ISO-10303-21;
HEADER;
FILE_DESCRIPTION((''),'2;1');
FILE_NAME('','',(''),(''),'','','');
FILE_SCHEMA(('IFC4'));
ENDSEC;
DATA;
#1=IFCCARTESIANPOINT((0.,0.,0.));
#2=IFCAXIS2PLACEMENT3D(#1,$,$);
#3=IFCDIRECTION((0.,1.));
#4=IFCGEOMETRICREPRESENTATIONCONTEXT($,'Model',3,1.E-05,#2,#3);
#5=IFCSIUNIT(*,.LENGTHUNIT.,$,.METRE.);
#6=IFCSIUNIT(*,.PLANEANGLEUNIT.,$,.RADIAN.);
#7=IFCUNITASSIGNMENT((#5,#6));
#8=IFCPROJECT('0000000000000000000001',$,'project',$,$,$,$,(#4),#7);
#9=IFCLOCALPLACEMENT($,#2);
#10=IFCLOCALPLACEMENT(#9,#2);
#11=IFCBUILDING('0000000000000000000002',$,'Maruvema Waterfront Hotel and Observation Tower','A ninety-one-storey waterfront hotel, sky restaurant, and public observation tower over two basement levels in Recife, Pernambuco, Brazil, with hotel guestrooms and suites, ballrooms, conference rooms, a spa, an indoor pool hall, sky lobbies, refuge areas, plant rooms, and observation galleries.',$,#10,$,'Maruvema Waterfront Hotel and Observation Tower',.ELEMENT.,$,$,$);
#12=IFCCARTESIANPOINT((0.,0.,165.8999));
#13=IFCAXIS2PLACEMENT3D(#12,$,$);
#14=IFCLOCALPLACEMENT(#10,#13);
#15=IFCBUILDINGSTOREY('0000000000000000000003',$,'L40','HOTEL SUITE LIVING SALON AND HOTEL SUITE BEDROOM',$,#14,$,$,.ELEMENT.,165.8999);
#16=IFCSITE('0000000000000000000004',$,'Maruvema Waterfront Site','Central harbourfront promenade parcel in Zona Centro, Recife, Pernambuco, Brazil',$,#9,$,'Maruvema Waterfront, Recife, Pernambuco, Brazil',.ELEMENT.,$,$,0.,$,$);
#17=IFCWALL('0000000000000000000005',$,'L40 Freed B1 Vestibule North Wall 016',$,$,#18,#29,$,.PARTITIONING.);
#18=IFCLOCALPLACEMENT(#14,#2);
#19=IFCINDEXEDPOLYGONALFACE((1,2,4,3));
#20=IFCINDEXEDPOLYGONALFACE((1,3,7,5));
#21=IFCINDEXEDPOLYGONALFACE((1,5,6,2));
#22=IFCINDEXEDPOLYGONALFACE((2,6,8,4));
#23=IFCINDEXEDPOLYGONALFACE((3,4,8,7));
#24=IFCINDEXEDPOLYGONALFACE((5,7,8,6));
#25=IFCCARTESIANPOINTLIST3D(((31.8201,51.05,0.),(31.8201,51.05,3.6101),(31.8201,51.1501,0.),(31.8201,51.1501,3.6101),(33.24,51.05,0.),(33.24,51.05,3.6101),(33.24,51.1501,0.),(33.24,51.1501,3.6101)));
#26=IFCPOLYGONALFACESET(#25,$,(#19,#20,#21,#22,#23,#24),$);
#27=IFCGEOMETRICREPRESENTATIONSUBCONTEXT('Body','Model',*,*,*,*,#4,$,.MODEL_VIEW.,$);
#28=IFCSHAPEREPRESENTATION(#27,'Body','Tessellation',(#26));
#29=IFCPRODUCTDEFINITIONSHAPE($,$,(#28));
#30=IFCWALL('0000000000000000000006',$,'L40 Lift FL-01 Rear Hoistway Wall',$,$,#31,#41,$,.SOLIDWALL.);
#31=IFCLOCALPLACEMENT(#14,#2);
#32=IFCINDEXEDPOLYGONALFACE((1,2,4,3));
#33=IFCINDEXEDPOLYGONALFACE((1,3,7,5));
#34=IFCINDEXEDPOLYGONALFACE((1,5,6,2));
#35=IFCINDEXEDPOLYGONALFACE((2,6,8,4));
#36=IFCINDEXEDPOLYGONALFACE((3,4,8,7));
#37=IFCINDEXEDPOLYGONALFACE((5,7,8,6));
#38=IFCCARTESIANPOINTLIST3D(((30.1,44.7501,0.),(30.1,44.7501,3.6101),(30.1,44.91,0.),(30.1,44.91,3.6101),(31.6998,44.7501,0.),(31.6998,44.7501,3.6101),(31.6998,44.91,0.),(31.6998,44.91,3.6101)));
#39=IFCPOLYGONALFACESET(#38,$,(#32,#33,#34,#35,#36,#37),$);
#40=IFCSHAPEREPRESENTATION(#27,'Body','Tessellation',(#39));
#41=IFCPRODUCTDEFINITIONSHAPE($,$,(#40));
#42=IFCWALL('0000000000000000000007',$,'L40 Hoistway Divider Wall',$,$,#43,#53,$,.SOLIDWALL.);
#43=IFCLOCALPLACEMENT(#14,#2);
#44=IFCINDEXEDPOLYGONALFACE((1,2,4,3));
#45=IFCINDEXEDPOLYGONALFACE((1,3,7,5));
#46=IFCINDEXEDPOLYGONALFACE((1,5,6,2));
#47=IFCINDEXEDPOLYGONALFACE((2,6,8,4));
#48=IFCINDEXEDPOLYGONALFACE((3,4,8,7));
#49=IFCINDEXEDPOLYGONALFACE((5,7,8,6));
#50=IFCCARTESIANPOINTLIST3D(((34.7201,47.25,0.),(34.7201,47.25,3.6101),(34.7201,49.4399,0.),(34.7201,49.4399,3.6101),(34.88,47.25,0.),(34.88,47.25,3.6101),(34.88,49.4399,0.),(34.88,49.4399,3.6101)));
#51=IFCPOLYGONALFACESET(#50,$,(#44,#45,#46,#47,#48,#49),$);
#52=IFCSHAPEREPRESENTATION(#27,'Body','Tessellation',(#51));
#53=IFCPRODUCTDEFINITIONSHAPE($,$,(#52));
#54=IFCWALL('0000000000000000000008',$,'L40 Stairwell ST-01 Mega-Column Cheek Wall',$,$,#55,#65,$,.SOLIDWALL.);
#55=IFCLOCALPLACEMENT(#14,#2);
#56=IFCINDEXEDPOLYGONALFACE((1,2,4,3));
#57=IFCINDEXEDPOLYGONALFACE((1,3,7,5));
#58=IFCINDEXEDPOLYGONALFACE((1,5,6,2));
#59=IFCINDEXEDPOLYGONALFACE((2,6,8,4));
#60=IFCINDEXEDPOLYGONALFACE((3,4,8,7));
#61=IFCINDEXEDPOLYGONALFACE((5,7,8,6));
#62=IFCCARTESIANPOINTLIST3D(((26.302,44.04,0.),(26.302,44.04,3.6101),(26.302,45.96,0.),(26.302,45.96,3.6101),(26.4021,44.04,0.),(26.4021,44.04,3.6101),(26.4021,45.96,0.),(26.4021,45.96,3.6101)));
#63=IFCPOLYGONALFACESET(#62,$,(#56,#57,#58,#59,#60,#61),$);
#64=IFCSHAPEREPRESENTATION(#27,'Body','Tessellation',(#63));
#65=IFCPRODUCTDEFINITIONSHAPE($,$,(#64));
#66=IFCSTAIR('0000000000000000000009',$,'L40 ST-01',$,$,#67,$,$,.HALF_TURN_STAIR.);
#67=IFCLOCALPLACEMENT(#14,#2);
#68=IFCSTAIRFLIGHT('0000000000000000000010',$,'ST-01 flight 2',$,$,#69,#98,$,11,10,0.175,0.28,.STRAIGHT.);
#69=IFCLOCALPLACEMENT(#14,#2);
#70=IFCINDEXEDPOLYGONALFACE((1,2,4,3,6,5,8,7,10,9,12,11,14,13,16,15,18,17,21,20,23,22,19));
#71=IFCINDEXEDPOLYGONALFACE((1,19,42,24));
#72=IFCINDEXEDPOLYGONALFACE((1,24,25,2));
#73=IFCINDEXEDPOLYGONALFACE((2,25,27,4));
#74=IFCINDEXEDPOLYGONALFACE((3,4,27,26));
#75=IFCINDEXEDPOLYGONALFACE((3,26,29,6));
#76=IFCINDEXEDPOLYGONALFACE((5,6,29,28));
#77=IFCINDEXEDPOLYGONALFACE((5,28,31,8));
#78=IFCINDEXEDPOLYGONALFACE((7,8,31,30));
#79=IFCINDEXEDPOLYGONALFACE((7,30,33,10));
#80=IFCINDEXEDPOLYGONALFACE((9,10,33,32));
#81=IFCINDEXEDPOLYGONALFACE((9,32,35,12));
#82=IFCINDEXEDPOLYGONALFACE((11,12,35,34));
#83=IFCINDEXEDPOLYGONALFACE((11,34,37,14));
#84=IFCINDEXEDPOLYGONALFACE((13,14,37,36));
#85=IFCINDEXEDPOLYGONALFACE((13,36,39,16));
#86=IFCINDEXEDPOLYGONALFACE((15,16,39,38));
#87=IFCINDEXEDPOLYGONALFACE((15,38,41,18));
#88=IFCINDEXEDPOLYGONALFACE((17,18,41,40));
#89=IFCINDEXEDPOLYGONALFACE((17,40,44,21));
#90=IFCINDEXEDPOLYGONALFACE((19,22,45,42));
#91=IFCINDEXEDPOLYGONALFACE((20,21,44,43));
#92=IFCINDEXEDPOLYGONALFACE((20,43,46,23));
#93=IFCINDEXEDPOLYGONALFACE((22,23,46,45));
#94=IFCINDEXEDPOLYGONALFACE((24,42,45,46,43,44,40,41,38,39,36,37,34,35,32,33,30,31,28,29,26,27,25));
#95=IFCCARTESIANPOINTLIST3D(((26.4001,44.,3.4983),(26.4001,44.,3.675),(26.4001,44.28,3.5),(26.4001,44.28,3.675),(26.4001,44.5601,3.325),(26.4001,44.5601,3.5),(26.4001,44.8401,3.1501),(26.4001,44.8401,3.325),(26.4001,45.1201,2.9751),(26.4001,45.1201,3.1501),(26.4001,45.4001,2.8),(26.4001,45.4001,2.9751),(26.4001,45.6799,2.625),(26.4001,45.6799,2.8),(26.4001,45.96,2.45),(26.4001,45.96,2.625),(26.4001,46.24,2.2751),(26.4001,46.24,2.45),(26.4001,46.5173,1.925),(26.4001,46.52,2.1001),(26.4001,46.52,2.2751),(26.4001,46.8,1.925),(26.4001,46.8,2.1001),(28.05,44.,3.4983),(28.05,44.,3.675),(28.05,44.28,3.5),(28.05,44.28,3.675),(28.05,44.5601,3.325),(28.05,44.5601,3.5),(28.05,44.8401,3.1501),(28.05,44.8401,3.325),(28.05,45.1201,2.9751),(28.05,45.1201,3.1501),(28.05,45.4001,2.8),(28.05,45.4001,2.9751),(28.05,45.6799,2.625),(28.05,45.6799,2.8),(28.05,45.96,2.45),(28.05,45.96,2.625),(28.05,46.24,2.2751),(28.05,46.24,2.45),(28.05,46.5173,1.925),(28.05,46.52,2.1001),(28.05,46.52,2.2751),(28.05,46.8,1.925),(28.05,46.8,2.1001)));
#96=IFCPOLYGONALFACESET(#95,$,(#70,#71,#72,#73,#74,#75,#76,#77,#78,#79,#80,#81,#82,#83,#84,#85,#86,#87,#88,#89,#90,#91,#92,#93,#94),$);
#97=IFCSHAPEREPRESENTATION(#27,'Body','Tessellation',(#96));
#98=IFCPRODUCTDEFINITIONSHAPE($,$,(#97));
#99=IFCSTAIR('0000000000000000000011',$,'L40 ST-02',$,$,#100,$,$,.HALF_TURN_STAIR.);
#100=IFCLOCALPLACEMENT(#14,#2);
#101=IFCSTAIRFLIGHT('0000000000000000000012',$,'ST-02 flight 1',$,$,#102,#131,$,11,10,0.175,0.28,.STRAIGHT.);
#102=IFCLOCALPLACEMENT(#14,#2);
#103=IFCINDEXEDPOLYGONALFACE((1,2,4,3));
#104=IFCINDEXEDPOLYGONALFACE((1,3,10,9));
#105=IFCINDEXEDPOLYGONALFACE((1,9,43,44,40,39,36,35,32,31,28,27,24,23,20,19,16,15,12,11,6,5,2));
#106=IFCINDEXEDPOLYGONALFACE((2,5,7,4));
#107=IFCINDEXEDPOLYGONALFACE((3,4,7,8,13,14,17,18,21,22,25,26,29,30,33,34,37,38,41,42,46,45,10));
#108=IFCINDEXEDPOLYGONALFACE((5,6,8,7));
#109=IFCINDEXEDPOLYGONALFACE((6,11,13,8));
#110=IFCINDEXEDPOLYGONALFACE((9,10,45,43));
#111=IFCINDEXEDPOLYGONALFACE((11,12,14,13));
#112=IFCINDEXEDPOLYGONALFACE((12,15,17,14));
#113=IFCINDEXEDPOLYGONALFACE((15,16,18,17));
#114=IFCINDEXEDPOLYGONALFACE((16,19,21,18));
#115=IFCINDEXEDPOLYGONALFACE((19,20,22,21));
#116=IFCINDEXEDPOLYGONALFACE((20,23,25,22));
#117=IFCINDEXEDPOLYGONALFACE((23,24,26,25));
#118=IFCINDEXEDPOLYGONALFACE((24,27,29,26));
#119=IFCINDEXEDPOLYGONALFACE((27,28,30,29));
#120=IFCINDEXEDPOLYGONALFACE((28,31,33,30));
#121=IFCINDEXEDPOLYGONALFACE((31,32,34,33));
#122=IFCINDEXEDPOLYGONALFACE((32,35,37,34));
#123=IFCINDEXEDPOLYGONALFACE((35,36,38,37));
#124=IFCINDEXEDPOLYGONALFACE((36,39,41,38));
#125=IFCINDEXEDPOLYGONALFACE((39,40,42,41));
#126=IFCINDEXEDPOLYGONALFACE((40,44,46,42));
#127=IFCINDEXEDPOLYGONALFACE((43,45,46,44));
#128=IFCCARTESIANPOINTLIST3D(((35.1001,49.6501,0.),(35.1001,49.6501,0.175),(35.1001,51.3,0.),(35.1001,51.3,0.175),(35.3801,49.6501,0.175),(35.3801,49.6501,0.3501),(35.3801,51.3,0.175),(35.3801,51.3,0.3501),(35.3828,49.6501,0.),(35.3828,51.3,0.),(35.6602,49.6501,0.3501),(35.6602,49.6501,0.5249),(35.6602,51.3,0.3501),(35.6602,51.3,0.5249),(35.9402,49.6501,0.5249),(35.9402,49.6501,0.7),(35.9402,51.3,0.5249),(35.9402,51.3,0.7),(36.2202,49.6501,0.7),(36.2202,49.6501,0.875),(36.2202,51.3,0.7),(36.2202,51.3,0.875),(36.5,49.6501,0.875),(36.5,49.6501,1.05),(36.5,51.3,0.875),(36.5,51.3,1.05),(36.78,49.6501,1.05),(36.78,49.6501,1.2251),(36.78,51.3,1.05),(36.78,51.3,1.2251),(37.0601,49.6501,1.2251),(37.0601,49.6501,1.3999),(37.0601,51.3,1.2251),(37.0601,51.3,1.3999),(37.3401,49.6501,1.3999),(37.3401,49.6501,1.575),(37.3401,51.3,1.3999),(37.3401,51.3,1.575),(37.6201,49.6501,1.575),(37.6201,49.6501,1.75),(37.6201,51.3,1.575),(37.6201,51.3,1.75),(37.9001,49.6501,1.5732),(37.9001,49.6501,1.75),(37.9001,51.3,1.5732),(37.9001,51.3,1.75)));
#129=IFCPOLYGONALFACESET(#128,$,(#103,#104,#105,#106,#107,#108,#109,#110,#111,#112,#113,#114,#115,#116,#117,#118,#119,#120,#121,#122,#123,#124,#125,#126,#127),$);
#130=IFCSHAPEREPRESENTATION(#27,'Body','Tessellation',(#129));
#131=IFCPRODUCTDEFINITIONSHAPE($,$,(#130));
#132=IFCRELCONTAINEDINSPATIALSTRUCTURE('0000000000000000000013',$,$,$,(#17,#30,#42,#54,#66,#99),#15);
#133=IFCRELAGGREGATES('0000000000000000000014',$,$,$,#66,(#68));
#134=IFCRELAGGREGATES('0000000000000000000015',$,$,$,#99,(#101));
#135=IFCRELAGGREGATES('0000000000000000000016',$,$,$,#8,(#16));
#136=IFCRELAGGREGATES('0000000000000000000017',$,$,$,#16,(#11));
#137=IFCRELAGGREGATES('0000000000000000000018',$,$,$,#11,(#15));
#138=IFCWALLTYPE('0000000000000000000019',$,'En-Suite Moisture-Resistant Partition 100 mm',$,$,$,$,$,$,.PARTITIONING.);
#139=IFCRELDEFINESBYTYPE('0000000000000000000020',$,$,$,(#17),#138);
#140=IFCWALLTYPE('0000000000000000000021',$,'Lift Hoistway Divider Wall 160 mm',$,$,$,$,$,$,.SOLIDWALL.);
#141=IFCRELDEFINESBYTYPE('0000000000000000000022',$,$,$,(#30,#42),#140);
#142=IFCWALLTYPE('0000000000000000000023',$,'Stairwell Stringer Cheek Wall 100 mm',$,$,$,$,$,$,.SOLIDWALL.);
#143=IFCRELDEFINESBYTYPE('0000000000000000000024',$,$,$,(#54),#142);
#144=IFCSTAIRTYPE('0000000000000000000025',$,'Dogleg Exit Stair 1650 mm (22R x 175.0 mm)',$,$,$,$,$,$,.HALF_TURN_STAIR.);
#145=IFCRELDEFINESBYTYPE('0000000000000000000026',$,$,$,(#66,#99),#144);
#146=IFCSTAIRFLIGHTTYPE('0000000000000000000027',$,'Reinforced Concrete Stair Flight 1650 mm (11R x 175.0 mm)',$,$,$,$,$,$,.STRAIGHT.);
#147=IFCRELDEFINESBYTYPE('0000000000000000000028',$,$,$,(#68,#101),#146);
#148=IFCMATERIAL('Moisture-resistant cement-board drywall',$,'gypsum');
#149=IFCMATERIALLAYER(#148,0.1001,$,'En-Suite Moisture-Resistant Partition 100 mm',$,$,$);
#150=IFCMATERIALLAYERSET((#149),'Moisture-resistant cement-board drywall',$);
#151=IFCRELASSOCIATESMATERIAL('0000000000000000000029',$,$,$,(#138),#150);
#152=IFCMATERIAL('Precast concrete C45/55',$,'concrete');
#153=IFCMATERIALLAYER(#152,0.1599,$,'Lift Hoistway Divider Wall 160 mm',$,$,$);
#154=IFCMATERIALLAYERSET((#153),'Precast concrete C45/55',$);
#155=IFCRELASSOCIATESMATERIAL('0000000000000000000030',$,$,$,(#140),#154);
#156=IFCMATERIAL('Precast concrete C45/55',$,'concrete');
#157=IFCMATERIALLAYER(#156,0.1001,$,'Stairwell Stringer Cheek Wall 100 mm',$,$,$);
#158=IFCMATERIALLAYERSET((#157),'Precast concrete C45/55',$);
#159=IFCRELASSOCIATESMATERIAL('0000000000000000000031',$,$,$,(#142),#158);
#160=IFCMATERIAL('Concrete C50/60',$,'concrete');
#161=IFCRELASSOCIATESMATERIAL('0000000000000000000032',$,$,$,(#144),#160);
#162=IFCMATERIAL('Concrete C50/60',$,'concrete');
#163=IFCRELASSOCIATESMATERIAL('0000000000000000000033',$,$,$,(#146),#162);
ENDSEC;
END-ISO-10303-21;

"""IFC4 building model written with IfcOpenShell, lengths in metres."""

from ifc_helpers import new_model, si_unit, direction, frame, frame_2d, origin, place, context, subcontext, project, spatial, polyline, rectangle, outline, extrude, material, layer, layer_set, type_object, element, aggregate, save


model = new_model("IFC4")

# Units and contexts
model_context = context("Model", 3, precision=1e-05, world=origin(), true_north=direction((0.0, 1.0)))
body_context = subcontext(model_context, "Body", "Model", "MODEL_VIEW")
ifc_project = project(units=[si_unit("LENGTHUNIT", "METRE"), si_unit("PLANEANGLEUNIT", "RADIAN")], contexts=[model_context])

# Site, building, storey
site_placement = place(None, origin())
site = spatial("IfcSite", under=ifc_project, at=site_placement, Name="Maruvema Waterfront Site", Description="Central harbourfront promenade parcel in Zona Centro, Recife, Pernambuco, Brazil", LongName="Maruvema Waterfront, Recife, Pernambuco, Brazil", CompositionType="ELEMENT", RefElevation=0.0)
building_placement = place(site_placement, origin())
building = spatial("IfcBuilding", under=site, at=building_placement, Name="Maruvema Waterfront Hotel and Observation Tower", Description="A ninety-one-storey waterfront hotel, sky restaurant, and public observation tower over two basement levels in Recife, Pernambuco, Brazil, with hotel guestrooms and suites, ballrooms, conference rooms, a spa, an indoor pool hall, sky lobbies, refuge areas, plant rooms, and observation galleries.", LongName="Maruvema Waterfront Hotel and Observation Tower", CompositionType="ELEMENT")
storey_placement = place(building_placement, frame((0.0, 0.0, 165.8999)))
storey = spatial("IfcBuildingStorey", under=building, at=storey_placement, Name="L40", Description="HOTEL SUITE LIVING SALON AND HOTEL SUITE BEDROOM", CompositionType="ELEMENT", Elevation=165.8999)

# Shared definitions
ifc_material_1 = material(Name="Moisture-resistant cement-board drywall", Category="gypsum")
ifc_layer_1 = layer(ifc_material_1, 0.1001, Name="En-Suite Moisture-Resistant Partition 100 mm")
ifc_layer_set_1 = layer_set([ifc_layer_1], Name="Moisture-resistant cement-board drywall")
wall_type_1 = type_object("IfcWallType", Name="En-Suite Moisture-Resistant Partition 100 mm", PredefinedType="PARTITIONING", material=ifc_layer_set_1)

# Walls
wall_1_placement = place(storey_placement, frame((31.8201, 51.1001, 0.0), z_axis=(0.0, 0.0, 1.0), x_axis=(1.0, 0.0, 0.0)))
element("IfcWall", 1, at=wall_1_placement, inside=storey, type_object=wall_type_1, Name="L40 Freed B1 Vestibule North Wall 016", PredefinedType="PARTITIONING", context=body_context, shape_type="SweptSolid", body=[
    extrude(rectangle(XDim=1.4199, YDim=0.1001, at=frame_2d((0.71, 0.0))), origin(), (0.0, 0.0, 1.0), 3.6101),
])
ifc_material_2 = material(Name="Precast concrete C45/55", Category="concrete")
ifc_layer_2 = layer(ifc_material_2, 0.1599, Name="Lift Hoistway Divider Wall 160 mm")
ifc_layer_set_2 = layer_set([ifc_layer_2], Name="Precast concrete C45/55")
wall_type_2 = type_object("IfcWallType", Name="Lift Hoistway Divider Wall 160 mm", PredefinedType="SOLIDWALL", material=ifc_layer_set_2)
wall_2_placement = place(storey_placement, frame((30.1001, 44.8301, 0.0), z_axis=(0.0, 0.0, 1.0), x_axis=(1.0, 0.0, 0.0)))
element("IfcWall", 2, at=wall_2_placement, inside=storey, type_object=wall_type_2, Name="L40 Lift FL-01 Rear Hoistway Wall", PredefinedType="SOLIDWALL", context=body_context, shape_type="SweptSolid", body=[
    extrude(rectangle(XDim=1.5999, YDim=0.1599, at=frame_2d((0.7998, 0.0))), origin(), (0.0, 0.0, 1.0), 3.6101),
])
wall_3_placement = place(storey_placement, frame((34.8, 47.25, 0.0), z_axis=(0.0, 0.0, 1.0), x_axis=(0.0, 1.0, 0.0)))
element("IfcWall", 3, at=wall_3_placement, inside=storey, type_object=wall_type_2, Name="L40 Hoistway Divider Wall", PredefinedType="SOLIDWALL", context=body_context, shape_type="SweptSolid", body=[
    extrude(rectangle(XDim=2.1899, YDim=0.1599, at=frame_2d((1.095, 0.0))), origin(), (0.0, 0.0, 1.0), 3.6101),
])
ifc_material_3 = material(Name="Precast concrete C45/55", Category="concrete")
ifc_layer_3 = layer(ifc_material_3, 0.1001, Name="Stairwell Stringer Cheek Wall 100 mm")
ifc_layer_set_3 = layer_set([ifc_layer_3], Name="Precast concrete C45/55")
wall_type_3 = type_object("IfcWallType", Name="Stairwell Stringer Cheek Wall 100 mm", PredefinedType="SOLIDWALL", material=ifc_layer_set_3)
wall_4_placement = place(storey_placement, frame((26.3521, 44.04, 0.0), z_axis=(0.0, 0.0, 1.0), x_axis=(0.0, 1.0, 0.0)))
element("IfcWall", 4, at=wall_4_placement, inside=storey, type_object=wall_type_3, Name="L40 Stairwell ST-01 Mega-Column Cheek Wall", PredefinedType="SOLIDWALL", context=body_context, shape_type="SweptSolid", body=[
    extrude(rectangle(XDim=1.9199, YDim=0.1001, at=frame_2d((0.96, 0.0))), origin(), (0.0, 0.0, 1.0), 3.6101),
])

# Stairs, stair flights
ifc_material_4 = material(Name="Concrete C50/60", Category="concrete")
stair_type = type_object("IfcStairType", Name="Dogleg Exit Stair 1650 mm (22R x 175.0 mm)", PredefinedType="HALF_TURN_STAIR", material=ifc_material_4)
stair_1_placement = place(storey_placement, origin())
stair_1 = element("IfcStair", 5, at=stair_1_placement, inside=storey, type_object=stair_type, Name="L40 ST-01", PredefinedType="HALF_TURN_STAIR")
ifc_material_5 = material(Name="Concrete C50/60", Category="concrete")
stair_flight_type = type_object("IfcStairFlightType", Name="Reinforced Concrete Stair Flight 1650 mm (11R x 175.0 mm)", PredefinedType="STRAIGHT", material=ifc_material_5)
stair_flight_1_placement = place(storey_placement, frame((27.2251, 46.8, 1.925), z_axis=(0.0, 0.0, 1.0), x_axis=(0.0, -1.0, 0.0)))
stair_flight_1 = element("IfcStairFlight", 6, at=stair_flight_1_placement, type_object=stair_flight_type, Name="ST-01 flight 2", NumberOfRisers=11, NumberOfTreads=10, PredefinedType="STRAIGHT", RiserHeight=0.175, TreadLength=0.28, context=body_context, shape_type="SweptSolid", body=[
    extrude(outline(polyline([(0.0, 0.0), (0.0, 0.175), (0.28, 0.175), (0.28, 0.3501), (0.5601, 0.3501), (0.5601, 0.5249), (0.8401, 0.5249), (0.8401, 0.7), (1.1201, 0.7), (1.1201, 0.875), (1.3999, 0.875), (1.3999, 1.05), (1.6799, 1.05), (1.6799, 1.2251), (1.96, 1.2251), (1.96, 1.3999), (2.24, 1.3999), (2.24, 1.575), (2.52, 1.575), (2.52, 1.75), (2.8, 1.75), (2.8, 1.925), (2.8, 1.5732), (0.2827, 0.0), (0.0, 0.0)])), frame((0.0, 0.825, 0.0), z_axis=(0.0, -1.0, 0.0), x_axis=(1.0, 0.0, 0.0)), (0.0, 0.0, 1.0), 1.6499),
])
aggregate(stair_1, [stair_flight_1])
stair_2_placement = place(storey_placement, origin())
stair_2 = element("IfcStair", 7, at=stair_2_placement, inside=storey, type_object=stair_type, Name="L40 ST-02", PredefinedType="HALF_TURN_STAIR")
stair_flight_2_placement = place(storey_placement, frame((35.1001, 50.4751, 0.0), z_axis=(0.0, 0.0, 1.0), x_axis=(1.0, 0.0, 0.0)))
stair_flight_2 = element("IfcStairFlight", 8, at=stair_flight_2_placement, type_object=stair_flight_type, Name="ST-02 flight 1", NumberOfRisers=11, NumberOfTreads=10, PredefinedType="STRAIGHT", RiserHeight=0.175, TreadLength=0.28, context=body_context, shape_type="SweptSolid", body=[
    extrude(outline(polyline([(0.0, 0.0), (0.0, 0.175), (0.28, 0.175), (0.28, 0.3501), (0.5601, 0.3501), (0.5601, 0.5249), (0.8401, 0.5249), (0.8401, 0.7), (1.1201, 0.7), (1.1201, 0.875), (1.3999, 0.875), (1.3999, 1.05), (1.6799, 1.05), (1.6799, 1.2251), (1.96, 1.2251), (1.96, 1.3999), (2.24, 1.3999), (2.24, 1.575), (2.52, 1.575), (2.52, 1.75), (2.8, 1.75), (2.8, 1.925), (2.8, 1.5732), (0.2827, 0.0), (0.0, 0.0)])), frame((0.0, 0.825, 0.0), z_axis=(0.0, -1.0, 0.0), x_axis=(1.0, 0.0, 0.0)), (0.0, 0.0, 1.0), 1.6499),
])
aggregate(stair_2, [stair_flight_2])

save(model, "model.ifc")
